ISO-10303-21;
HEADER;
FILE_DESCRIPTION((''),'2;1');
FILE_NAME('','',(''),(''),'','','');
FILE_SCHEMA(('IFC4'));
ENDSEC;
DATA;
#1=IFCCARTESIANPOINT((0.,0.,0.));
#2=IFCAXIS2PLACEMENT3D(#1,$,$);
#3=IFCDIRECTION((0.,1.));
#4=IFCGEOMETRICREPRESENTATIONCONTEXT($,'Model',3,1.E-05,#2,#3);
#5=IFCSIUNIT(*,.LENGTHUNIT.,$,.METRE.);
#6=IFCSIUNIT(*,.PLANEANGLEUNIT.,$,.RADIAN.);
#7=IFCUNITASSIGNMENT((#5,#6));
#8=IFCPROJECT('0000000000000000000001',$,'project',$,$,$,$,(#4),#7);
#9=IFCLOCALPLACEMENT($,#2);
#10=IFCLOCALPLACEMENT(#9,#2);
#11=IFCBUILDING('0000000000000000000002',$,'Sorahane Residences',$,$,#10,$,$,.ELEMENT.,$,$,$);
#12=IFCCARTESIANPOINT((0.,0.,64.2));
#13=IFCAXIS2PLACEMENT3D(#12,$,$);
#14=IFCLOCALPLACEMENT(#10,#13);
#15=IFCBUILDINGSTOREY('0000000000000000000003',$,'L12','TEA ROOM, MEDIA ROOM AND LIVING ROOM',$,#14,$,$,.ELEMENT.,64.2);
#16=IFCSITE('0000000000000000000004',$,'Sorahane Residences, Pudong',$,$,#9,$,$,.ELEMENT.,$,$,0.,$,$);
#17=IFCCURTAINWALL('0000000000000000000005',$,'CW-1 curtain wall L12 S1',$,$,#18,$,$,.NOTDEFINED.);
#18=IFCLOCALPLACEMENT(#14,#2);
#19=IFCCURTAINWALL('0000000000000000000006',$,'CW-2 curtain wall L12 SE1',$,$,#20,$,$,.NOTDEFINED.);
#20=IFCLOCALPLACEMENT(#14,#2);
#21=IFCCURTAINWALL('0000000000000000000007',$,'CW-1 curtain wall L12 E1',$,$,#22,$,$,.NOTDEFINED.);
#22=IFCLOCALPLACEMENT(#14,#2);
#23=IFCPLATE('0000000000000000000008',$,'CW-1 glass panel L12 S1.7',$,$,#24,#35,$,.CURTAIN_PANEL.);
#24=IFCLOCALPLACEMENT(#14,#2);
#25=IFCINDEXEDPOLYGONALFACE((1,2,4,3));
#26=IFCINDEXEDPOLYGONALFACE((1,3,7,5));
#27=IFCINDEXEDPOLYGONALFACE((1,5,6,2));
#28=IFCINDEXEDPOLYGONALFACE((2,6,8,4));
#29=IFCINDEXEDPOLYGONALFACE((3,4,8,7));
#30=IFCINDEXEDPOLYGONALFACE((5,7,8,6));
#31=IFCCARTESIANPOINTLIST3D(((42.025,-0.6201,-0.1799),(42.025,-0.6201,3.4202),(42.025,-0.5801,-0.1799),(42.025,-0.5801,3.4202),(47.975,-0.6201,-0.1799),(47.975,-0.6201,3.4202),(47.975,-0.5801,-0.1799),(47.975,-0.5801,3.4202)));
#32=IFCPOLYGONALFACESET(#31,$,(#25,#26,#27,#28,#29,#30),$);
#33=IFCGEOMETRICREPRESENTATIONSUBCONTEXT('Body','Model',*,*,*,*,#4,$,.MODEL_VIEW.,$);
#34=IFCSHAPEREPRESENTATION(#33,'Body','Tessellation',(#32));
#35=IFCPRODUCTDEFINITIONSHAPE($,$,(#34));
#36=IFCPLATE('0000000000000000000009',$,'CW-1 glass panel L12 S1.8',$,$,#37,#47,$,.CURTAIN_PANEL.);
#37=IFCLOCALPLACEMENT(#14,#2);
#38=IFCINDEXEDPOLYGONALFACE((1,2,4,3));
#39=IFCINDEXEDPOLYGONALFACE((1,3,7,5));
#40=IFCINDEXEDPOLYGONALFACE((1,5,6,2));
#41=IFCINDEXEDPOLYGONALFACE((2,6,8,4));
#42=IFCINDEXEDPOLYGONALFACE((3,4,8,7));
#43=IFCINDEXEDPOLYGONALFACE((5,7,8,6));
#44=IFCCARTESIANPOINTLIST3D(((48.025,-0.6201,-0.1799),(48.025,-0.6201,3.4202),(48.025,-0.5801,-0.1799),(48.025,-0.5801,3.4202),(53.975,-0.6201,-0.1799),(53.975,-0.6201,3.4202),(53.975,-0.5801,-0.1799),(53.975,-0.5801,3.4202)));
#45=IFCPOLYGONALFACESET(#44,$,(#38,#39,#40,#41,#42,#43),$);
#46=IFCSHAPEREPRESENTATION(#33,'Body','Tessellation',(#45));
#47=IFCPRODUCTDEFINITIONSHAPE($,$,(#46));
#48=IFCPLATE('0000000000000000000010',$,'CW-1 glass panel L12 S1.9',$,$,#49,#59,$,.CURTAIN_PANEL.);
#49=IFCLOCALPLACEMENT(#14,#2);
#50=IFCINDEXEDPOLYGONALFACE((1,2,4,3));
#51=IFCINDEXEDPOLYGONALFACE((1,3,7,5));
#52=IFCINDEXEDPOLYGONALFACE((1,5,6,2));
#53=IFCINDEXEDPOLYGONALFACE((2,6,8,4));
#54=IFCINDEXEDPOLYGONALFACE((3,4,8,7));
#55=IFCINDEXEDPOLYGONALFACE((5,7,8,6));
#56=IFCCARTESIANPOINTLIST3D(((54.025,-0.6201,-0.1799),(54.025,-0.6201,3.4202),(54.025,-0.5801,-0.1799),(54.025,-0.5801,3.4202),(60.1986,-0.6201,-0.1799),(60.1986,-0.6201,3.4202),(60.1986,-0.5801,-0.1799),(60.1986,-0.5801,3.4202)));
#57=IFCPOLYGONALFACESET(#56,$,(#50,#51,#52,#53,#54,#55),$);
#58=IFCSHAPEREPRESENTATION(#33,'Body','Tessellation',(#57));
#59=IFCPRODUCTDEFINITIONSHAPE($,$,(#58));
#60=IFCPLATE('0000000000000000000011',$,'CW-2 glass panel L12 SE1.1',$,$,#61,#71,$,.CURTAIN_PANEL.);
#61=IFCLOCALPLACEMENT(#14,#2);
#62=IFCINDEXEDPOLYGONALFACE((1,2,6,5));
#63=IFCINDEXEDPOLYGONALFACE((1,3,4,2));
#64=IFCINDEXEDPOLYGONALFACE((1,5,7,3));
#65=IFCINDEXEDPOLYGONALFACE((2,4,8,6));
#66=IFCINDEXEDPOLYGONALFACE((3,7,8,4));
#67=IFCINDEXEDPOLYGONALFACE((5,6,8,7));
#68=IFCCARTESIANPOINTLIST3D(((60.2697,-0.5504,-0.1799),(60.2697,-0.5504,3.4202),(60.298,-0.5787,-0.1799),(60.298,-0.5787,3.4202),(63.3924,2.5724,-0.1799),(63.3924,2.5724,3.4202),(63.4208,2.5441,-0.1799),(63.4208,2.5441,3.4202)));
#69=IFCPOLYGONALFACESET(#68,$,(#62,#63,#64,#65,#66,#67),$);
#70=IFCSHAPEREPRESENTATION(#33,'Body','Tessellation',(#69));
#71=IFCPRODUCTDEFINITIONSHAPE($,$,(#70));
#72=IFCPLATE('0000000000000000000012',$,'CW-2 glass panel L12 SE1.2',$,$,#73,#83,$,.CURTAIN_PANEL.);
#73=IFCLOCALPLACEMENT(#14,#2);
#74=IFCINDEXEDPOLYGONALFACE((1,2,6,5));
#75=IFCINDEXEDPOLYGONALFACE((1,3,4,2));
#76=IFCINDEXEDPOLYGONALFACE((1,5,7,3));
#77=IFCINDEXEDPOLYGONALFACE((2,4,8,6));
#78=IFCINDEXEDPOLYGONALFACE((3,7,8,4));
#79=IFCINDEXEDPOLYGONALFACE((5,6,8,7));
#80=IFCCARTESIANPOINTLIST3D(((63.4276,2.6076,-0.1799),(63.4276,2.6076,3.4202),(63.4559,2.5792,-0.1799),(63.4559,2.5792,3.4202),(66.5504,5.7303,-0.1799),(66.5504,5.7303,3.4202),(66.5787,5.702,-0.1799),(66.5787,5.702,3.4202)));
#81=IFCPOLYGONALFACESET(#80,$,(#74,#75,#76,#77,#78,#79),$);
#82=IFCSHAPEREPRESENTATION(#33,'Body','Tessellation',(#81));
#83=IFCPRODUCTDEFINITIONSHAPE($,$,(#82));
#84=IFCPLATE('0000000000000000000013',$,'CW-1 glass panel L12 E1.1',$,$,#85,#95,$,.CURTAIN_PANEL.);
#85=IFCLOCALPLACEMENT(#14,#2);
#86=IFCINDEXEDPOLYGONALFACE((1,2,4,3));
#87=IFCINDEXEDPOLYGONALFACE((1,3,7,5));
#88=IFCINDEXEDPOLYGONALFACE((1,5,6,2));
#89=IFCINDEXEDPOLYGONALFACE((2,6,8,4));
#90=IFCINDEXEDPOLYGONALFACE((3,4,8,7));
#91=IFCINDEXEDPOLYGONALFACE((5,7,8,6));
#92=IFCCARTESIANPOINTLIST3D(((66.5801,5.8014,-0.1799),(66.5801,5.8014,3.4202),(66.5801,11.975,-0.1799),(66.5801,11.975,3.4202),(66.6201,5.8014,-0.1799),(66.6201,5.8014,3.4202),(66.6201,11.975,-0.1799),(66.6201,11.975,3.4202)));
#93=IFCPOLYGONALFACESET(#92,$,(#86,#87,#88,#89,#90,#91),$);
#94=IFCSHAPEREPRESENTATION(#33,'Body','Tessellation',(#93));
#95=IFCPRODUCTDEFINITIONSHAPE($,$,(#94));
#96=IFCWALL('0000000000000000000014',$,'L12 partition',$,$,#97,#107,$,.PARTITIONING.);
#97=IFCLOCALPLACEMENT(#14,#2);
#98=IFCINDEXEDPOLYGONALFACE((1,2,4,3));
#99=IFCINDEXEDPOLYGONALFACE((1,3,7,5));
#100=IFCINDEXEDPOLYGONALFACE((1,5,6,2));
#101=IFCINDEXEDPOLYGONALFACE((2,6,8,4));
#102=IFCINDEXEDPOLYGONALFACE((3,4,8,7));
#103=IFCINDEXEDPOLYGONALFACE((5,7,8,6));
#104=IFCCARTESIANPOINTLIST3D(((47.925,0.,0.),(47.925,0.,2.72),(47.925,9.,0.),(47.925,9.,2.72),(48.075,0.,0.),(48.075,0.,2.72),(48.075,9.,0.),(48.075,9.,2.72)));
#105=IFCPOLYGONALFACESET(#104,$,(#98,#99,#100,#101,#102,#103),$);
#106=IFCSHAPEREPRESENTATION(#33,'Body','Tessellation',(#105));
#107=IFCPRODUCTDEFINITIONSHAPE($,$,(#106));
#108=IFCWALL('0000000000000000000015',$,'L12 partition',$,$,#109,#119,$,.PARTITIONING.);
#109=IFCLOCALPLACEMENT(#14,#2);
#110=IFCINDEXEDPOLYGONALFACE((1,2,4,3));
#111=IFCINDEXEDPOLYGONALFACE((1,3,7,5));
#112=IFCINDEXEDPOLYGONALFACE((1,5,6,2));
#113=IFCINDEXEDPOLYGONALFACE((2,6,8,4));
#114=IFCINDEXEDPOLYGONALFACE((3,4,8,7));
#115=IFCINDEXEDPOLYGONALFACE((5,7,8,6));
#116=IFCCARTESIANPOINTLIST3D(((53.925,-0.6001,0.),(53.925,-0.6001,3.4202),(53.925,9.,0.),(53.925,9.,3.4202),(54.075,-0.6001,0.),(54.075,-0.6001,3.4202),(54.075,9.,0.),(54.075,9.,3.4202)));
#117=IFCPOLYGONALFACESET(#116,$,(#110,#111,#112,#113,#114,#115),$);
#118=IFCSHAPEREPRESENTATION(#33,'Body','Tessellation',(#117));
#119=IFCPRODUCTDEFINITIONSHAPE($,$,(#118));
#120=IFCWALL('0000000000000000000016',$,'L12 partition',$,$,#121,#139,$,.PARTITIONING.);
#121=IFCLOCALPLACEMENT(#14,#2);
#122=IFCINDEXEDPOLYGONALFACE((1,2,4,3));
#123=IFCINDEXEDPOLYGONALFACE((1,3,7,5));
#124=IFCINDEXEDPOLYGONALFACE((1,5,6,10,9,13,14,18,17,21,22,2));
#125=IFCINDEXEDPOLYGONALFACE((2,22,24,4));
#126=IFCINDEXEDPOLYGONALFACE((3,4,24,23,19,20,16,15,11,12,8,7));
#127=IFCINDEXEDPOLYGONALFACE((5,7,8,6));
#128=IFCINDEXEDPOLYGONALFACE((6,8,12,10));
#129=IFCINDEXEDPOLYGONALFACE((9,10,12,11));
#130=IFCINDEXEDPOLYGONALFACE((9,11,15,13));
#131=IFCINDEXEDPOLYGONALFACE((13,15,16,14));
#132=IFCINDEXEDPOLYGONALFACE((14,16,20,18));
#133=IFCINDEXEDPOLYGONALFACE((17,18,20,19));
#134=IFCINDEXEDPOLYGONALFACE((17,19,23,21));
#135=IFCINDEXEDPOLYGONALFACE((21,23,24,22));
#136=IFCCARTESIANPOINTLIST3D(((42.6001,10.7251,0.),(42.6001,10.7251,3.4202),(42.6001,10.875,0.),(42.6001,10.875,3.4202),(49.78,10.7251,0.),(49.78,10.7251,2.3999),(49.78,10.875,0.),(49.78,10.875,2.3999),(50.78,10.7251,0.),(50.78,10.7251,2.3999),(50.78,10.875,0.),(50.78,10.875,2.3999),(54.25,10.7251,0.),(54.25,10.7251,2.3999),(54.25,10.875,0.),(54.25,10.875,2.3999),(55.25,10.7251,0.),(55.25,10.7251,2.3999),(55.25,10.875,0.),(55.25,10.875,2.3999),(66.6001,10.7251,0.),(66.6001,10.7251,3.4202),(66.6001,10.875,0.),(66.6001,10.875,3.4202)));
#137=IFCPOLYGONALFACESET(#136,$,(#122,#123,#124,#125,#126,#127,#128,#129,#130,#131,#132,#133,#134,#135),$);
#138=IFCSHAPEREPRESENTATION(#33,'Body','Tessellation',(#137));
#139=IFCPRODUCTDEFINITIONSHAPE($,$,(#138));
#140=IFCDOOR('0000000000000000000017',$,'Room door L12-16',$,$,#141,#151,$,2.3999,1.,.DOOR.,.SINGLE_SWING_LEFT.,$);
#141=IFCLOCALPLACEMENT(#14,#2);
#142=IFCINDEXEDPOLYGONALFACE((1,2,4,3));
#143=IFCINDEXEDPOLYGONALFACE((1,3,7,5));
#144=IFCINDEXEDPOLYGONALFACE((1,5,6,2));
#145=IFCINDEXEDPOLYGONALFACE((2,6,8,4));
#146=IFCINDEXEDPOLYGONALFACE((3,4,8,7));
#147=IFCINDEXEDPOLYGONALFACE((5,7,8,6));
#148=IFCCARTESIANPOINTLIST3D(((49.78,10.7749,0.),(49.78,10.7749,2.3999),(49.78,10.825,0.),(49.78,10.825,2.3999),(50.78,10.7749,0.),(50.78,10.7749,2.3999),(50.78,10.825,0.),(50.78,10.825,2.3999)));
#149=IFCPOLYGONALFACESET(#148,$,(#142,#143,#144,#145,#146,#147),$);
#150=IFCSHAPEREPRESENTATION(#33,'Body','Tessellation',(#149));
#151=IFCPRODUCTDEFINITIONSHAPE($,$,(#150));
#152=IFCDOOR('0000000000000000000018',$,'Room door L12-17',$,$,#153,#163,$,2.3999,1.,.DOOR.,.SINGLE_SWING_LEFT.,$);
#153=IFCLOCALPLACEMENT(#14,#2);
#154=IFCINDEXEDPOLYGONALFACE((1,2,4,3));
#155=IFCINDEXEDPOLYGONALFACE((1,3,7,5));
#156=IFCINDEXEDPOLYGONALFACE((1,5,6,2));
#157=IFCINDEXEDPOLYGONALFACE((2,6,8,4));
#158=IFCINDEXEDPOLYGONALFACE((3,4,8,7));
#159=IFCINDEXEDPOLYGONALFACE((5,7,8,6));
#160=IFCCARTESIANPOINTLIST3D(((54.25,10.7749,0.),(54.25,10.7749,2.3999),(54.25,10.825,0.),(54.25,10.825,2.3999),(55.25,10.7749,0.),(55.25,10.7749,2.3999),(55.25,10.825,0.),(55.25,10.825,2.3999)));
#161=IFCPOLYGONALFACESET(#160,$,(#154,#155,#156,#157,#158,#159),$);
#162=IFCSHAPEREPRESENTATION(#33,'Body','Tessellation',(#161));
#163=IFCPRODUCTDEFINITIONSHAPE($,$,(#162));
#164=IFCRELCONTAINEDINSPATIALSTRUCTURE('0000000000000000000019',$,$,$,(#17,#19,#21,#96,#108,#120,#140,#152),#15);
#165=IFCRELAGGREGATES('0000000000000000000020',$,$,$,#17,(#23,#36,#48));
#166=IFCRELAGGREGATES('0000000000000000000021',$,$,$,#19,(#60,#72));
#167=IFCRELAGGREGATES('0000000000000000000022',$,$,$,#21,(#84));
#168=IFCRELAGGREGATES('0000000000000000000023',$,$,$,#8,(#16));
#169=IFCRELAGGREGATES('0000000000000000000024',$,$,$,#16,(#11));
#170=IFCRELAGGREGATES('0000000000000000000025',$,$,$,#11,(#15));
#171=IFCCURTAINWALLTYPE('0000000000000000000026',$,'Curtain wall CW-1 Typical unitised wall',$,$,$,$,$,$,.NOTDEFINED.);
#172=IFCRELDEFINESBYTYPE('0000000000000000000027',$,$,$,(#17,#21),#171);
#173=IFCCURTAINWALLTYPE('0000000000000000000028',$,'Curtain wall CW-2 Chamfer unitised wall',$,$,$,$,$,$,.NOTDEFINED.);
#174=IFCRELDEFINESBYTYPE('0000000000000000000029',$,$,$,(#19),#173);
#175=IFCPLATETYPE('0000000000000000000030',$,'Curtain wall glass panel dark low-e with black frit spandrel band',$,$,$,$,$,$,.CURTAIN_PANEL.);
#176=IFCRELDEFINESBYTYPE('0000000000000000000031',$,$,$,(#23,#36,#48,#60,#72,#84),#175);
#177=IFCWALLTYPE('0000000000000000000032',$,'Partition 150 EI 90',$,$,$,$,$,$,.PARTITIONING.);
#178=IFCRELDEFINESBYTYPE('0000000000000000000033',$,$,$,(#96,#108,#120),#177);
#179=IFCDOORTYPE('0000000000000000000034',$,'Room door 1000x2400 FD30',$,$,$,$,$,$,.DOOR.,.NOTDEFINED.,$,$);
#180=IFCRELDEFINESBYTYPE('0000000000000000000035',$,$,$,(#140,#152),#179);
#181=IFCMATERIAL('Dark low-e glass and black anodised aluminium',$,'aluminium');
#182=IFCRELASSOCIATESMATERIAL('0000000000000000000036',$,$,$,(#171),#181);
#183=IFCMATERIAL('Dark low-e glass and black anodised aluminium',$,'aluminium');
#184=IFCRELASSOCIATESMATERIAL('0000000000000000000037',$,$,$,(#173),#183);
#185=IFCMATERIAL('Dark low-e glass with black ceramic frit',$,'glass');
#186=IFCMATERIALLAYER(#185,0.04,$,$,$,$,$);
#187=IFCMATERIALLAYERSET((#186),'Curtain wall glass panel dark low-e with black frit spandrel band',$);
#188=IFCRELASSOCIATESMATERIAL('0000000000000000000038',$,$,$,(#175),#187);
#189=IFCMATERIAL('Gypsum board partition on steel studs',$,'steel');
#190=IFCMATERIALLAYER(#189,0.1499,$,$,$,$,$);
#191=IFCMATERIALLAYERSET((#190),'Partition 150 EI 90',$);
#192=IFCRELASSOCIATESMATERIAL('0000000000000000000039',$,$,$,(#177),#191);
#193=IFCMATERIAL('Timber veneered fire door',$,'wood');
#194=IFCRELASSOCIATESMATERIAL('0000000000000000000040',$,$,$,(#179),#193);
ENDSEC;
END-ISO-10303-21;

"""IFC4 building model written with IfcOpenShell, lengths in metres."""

from ifc_helpers import new_model, si_unit, direction, frame, frame_2d, origin, origin_2d, place, context, subcontext, project, spatial, rectangle, extrude, material, layer, layer_set, type_object, element, fill, aggregate, save


model = new_model("IFC4")

# Units and contexts
model_context = context("Model", 3, precision=1e-05, world=origin(), true_north=direction((0.0, 1.0)))
body_context = subcontext(model_context, "Body", "Model", "MODEL_VIEW")
ifc_project = project(units=[si_unit("LENGTHUNIT", "METRE"), si_unit("PLANEANGLEUNIT", "RADIAN")], contexts=[model_context])

# Site, building, storey
site_placement = place(None, origin())
site = spatial("IfcSite", under=ifc_project, at=site_placement, Name="Sorahane Residences, Pudong", CompositionType="ELEMENT", RefElevation=0.0)
building_placement = place(site_placement, origin())
building = spatial("IfcBuilding", under=site, at=building_placement, Name="Sorahane Residences", CompositionType="ELEMENT")
storey_placement = place(building_placement, frame((0.0, 0.0, 64.2)))
storey = spatial("IfcBuildingStorey", under=building, at=storey_placement, Name="L12", Description="TEA ROOM, MEDIA ROOM AND LIVING ROOM", CompositionType="ELEMENT", Elevation=64.2)

# Curtain walls
ifc_material_1 = material(Name="Dark low-e glass and black anodised aluminium", Category="aluminium")
curtain_wall_type_1 = type_object("IfcCurtainWallType", Name="Curtain wall CW-1 Typical unitised wall", PredefinedType="NOTDEFINED", material=ifc_material_1)
curtain_wall_1_placement = place(storey_placement, origin())
curtain_wall_1 = element("IfcCurtainWall", 1, at=curtain_wall_1_placement, inside=storey, type_object=curtain_wall_type_1, Name="CW-1 curtain wall L12 S1", PredefinedType="NOTDEFINED")
ifc_material_2 = material(Name="Dark low-e glass and black anodised aluminium", Category="aluminium")
curtain_wall_type_2 = type_object("IfcCurtainWallType", Name="Curtain wall CW-2 Chamfer unitised wall", PredefinedType="NOTDEFINED", material=ifc_material_2)
curtain_wall_2_placement = place(storey_placement, origin())
curtain_wall_2 = element("IfcCurtainWall", 2, at=curtain_wall_2_placement, inside=storey, type_object=curtain_wall_type_2, Name="CW-2 curtain wall L12 SE1", PredefinedType="NOTDEFINED")

# Curtain wall
curtain_wall_3_placement = place(storey_placement, origin())
curtain_wall_3 = element("IfcCurtainWall", 3, at=curtain_wall_3_placement, inside=storey, type_object=curtain_wall_type_1, Name="CW-1 curtain wall L12 E1", PredefinedType="NOTDEFINED")

# Plates
ifc_material_3 = material(Name="Dark low-e glass with black ceramic frit", Category="glass")
ifc_layer_1 = layer(ifc_material_3, 0.04)
ifc_layer_set_1 = layer_set([ifc_layer_1], Name="Curtain wall glass panel dark low-e with black frit spandrel band")
plate_type = type_object("IfcPlateType", Name="Curtain wall glass panel dark low-e with black frit spandrel band", PredefinedType="CURTAIN_PANEL", material=ifc_layer_set_1)
plate_1_placement = place(storey_placement, frame((45.0, -0.6001, -0.1799), z_axis=(0.0, 0.0, 1.0), x_axis=(1.0, 0.0, 0.0)))
plate_1 = element("IfcPlate", 4, at=plate_1_placement, type_object=plate_type, Name="CW-1 glass panel L12 S1.7", PredefinedType="CURTAIN_PANEL", context=body_context, shape_type="SweptSolid", body=[
    extrude(rectangle(XDim=5.95, YDim=0.04, at=origin_2d()), origin(), (0.0, 0.0, 1.0), 3.6001),
])
plate_2_placement = place(storey_placement, frame((51.0, -0.6001, -0.1799), z_axis=(0.0, 0.0, 1.0), x_axis=(1.0, 0.0, 0.0)))
plate_2 = element("IfcPlate", 5, at=plate_2_placement, type_object=plate_type, Name="CW-1 glass panel L12 S1.8", PredefinedType="CURTAIN_PANEL", context=body_context, shape_type="SweptSolid", body=[
    extrude(rectangle(XDim=5.95, YDim=0.04, at=origin_2d()), origin(), (0.0, 0.0, 1.0), 3.6001),
])
plate_3_placement = place(storey_placement, frame((57.1118, -0.6001, -0.1799), z_axis=(0.0, 0.0, 1.0), x_axis=(1.0, 0.0, 0.0)))
plate_3 = element("IfcPlate", 6, at=plate_3_placement, type_object=plate_type, Name="CW-1 glass panel L12 S1.9", PredefinedType="CURTAIN_PANEL", context=body_context, shape_type="SweptSolid", body=[
    extrude(rectangle(XDim=6.1736, YDim=0.04, at=origin_2d()), origin(), (0.0, 0.0, 1.0), 3.6001),
])
aggregate(curtain_wall_1, [plate_1, plate_2, plate_3])
plate_4_placement = place(storey_placement, frame((61.8452, 0.9968, -0.1799), z_axis=(0.0, 0.0, 1.0), x_axis=(0.707107, 0.707107, 0.0)))
plate_4 = element("IfcPlate", 7, at=plate_4_placement, type_object=plate_type, Name="CW-2 glass panel L12 SE1.1", PredefinedType="CURTAIN_PANEL", context=body_context, shape_type="SweptSolid", body=[
    extrude(rectangle(XDim=4.4163, YDim=0.04, at=origin_2d()), origin(), (0.0, 0.0, 1.0), 3.6001),
])
plate_5_placement = place(storey_placement, frame((65.0032, 4.1548, -0.1799), z_axis=(0.0, 0.0, 1.0), x_axis=(0.707107, 0.707107, 0.0)))
plate_5 = element("IfcPlate", 8, at=plate_5_placement, type_object=plate_type, Name="CW-2 glass panel L12 SE1.2", PredefinedType="CURTAIN_PANEL", context=body_context, shape_type="SweptSolid", body=[
    extrude(rectangle(XDim=4.4163, YDim=0.04, at=origin_2d()), origin(), (0.0, 0.0, 1.0), 3.6001),
])
aggregate(curtain_wall_2, [plate_4, plate_5])
plate_6_placement = place(storey_placement, frame((66.6001, 8.8882, -0.1799), z_axis=(0.0, 0.0, 1.0), x_axis=(0.0, 1.0, 0.0)))
plate_6 = element("IfcPlate", 9, at=plate_6_placement, type_object=plate_type, Name="CW-1 glass panel L12 E1.1", PredefinedType="CURTAIN_PANEL", context=body_context, shape_type="SweptSolid", body=[
    extrude(rectangle(XDim=6.1736, YDim=0.04, at=origin_2d()), origin(), (0.0, 0.0, 1.0), 3.6001),
])
aggregate(curtain_wall_3, [plate_6])

# Walls
ifc_material_4 = material(Name="Gypsum board partition on steel studs", Category="steel")
ifc_layer_2 = layer(ifc_material_4, 0.1499)
ifc_layer_set_2 = layer_set([ifc_layer_2], Name="Partition 150 EI 90")
wall_type = type_object("IfcWallType", Name="Partition 150 EI 90", PredefinedType="PARTITIONING", material=ifc_layer_set_2)
wall_1_placement = place(storey_placement, frame((48.0, 0.0, 0.0), z_axis=(0.0, 0.0, 1.0), x_axis=(0.0, 1.0, 0.0)))
element("IfcWall", 10, at=wall_1_placement, inside=storey, type_object=wall_type, Name="L12 partition", PredefinedType="PARTITIONING", context=body_context, shape_type="SweptSolid", body=[
    extrude(rectangle(XDim=9.0, YDim=0.1499, at=frame_2d((4.5, 0.0))), origin(), (0.0, 0.0, 1.0), 2.72),
])
wall_2_placement = place(storey_placement, frame((54.0, -0.6001, 0.0), z_axis=(0.0, 0.0, 1.0), x_axis=(0.0, 1.0, 0.0)))
element("IfcWall", 11, at=wall_2_placement, inside=storey, type_object=wall_type, Name="L12 partition", PredefinedType="PARTITIONING", context=body_context, shape_type="SweptSolid", body=[
    extrude(rectangle(XDim=9.6001, YDim=0.1499, at=frame_2d((4.8, 0.0))), origin(), (0.0, 0.0, 1.0), 3.4202),
])

# Wall, openings, doors
wall_3_placement = place(storey_placement, frame((42.6001, 10.8, 0.0), z_axis=(0.0, 0.0, 1.0), x_axis=(1.0, 0.0, 0.0)))
wall_3 = element("IfcWall", 12, at=wall_3_placement, inside=storey, type_object=wall_type, Name="L12 partition", PredefinedType="PARTITIONING", context=body_context, shape_type="SweptSolid", body=[
    extrude(rectangle(XDim=24.0, YDim=0.1499, at=frame_2d((12.0, 0.0))), origin(), (0.0, 0.0, 1.0), 3.4202),
])
opening_1_placement = place(wall_3_placement, frame((7.1799, 0.0, 0.0)))
opening_1 = element("IfcOpeningElement", 13, at=opening_1_placement, cuts=wall_3, PredefinedType="OPENING", context=body_context, shape_type="SweptSolid", body=[
    extrude(rectangle(XDim=1.0, YDim=2.3999, at=frame_2d((0.5, 1.2))), frame((0.0, 0.085, 0.0), z_axis=(0.0, -1.0, 0.0), x_axis=(1.0, 0.0, 0.0)), (0.0, 0.0, 1.0), 0.1699),
])
opening_2_placement = place(wall_3_placement, frame((11.6499, 0.0, 0.0)))
opening_2 = element("IfcOpeningElement", 14, at=opening_2_placement, cuts=wall_3, PredefinedType="OPENING", context=body_context, shape_type="SweptSolid", body=[
    extrude(rectangle(XDim=1.0, YDim=2.3999, at=frame_2d((0.5, 1.2))), frame((0.0, 0.085, 0.0), z_axis=(0.0, -1.0, 0.0), x_axis=(1.0, 0.0, 0.0)), (0.0, 0.0, 1.0), 0.1699),
])
ifc_material_5 = material(Name="Timber veneered fire door", Category="wood")
door_type_1 = type_object("IfcDoorType", Name="Room door 1000x2400 FD30", OperationType="NOTDEFINED", PredefinedType="DOOR", material=ifc_material_5)
door_1_placement = place(opening_1_placement, origin())
door_1 = element("IfcDoor", 15, at=door_1_placement, inside=storey, type_object=door_type_1, Name="Room door L12-16", OperationType="SINGLE_SWING_LEFT", OverallHeight=2.3999, OverallWidth=1.0, PredefinedType="DOOR", context=body_context, shape_type="SweptSolid", body=[
    extrude(rectangle(XDim=1.0, YDim=2.3999, at=frame_2d((0.5, 1.2))), frame((0.0, 0.0249, 0.0), z_axis=(0.0, -1.0, 0.0), x_axis=(1.0, 0.0, 0.0)), (0.0, 0.0, 1.0), 0.05),
])
fill(opening_1, door_1)
door_2_placement = place(opening_2_placement, origin())
door_2 = element("IfcDoor", 16, at=door_2_placement, inside=storey, type_object=door_type_1, Name="Room door L12-17", OperationType="SINGLE_SWING_LEFT", OverallHeight=2.3999, OverallWidth=1.0, PredefinedType="DOOR", context=body_context, shape_type="SweptSolid", body=[
    extrude(rectangle(XDim=1.0, YDim=2.3999, at=frame_2d((0.5, 1.2))), frame((0.0, 0.0249, 0.0), z_axis=(0.0, -1.0, 0.0), x_axis=(1.0, 0.0, 0.0)), (0.0, 0.0, 1.0), 0.05),
])
fill(opening_2, door_2)

save(model, "model.ifc")
